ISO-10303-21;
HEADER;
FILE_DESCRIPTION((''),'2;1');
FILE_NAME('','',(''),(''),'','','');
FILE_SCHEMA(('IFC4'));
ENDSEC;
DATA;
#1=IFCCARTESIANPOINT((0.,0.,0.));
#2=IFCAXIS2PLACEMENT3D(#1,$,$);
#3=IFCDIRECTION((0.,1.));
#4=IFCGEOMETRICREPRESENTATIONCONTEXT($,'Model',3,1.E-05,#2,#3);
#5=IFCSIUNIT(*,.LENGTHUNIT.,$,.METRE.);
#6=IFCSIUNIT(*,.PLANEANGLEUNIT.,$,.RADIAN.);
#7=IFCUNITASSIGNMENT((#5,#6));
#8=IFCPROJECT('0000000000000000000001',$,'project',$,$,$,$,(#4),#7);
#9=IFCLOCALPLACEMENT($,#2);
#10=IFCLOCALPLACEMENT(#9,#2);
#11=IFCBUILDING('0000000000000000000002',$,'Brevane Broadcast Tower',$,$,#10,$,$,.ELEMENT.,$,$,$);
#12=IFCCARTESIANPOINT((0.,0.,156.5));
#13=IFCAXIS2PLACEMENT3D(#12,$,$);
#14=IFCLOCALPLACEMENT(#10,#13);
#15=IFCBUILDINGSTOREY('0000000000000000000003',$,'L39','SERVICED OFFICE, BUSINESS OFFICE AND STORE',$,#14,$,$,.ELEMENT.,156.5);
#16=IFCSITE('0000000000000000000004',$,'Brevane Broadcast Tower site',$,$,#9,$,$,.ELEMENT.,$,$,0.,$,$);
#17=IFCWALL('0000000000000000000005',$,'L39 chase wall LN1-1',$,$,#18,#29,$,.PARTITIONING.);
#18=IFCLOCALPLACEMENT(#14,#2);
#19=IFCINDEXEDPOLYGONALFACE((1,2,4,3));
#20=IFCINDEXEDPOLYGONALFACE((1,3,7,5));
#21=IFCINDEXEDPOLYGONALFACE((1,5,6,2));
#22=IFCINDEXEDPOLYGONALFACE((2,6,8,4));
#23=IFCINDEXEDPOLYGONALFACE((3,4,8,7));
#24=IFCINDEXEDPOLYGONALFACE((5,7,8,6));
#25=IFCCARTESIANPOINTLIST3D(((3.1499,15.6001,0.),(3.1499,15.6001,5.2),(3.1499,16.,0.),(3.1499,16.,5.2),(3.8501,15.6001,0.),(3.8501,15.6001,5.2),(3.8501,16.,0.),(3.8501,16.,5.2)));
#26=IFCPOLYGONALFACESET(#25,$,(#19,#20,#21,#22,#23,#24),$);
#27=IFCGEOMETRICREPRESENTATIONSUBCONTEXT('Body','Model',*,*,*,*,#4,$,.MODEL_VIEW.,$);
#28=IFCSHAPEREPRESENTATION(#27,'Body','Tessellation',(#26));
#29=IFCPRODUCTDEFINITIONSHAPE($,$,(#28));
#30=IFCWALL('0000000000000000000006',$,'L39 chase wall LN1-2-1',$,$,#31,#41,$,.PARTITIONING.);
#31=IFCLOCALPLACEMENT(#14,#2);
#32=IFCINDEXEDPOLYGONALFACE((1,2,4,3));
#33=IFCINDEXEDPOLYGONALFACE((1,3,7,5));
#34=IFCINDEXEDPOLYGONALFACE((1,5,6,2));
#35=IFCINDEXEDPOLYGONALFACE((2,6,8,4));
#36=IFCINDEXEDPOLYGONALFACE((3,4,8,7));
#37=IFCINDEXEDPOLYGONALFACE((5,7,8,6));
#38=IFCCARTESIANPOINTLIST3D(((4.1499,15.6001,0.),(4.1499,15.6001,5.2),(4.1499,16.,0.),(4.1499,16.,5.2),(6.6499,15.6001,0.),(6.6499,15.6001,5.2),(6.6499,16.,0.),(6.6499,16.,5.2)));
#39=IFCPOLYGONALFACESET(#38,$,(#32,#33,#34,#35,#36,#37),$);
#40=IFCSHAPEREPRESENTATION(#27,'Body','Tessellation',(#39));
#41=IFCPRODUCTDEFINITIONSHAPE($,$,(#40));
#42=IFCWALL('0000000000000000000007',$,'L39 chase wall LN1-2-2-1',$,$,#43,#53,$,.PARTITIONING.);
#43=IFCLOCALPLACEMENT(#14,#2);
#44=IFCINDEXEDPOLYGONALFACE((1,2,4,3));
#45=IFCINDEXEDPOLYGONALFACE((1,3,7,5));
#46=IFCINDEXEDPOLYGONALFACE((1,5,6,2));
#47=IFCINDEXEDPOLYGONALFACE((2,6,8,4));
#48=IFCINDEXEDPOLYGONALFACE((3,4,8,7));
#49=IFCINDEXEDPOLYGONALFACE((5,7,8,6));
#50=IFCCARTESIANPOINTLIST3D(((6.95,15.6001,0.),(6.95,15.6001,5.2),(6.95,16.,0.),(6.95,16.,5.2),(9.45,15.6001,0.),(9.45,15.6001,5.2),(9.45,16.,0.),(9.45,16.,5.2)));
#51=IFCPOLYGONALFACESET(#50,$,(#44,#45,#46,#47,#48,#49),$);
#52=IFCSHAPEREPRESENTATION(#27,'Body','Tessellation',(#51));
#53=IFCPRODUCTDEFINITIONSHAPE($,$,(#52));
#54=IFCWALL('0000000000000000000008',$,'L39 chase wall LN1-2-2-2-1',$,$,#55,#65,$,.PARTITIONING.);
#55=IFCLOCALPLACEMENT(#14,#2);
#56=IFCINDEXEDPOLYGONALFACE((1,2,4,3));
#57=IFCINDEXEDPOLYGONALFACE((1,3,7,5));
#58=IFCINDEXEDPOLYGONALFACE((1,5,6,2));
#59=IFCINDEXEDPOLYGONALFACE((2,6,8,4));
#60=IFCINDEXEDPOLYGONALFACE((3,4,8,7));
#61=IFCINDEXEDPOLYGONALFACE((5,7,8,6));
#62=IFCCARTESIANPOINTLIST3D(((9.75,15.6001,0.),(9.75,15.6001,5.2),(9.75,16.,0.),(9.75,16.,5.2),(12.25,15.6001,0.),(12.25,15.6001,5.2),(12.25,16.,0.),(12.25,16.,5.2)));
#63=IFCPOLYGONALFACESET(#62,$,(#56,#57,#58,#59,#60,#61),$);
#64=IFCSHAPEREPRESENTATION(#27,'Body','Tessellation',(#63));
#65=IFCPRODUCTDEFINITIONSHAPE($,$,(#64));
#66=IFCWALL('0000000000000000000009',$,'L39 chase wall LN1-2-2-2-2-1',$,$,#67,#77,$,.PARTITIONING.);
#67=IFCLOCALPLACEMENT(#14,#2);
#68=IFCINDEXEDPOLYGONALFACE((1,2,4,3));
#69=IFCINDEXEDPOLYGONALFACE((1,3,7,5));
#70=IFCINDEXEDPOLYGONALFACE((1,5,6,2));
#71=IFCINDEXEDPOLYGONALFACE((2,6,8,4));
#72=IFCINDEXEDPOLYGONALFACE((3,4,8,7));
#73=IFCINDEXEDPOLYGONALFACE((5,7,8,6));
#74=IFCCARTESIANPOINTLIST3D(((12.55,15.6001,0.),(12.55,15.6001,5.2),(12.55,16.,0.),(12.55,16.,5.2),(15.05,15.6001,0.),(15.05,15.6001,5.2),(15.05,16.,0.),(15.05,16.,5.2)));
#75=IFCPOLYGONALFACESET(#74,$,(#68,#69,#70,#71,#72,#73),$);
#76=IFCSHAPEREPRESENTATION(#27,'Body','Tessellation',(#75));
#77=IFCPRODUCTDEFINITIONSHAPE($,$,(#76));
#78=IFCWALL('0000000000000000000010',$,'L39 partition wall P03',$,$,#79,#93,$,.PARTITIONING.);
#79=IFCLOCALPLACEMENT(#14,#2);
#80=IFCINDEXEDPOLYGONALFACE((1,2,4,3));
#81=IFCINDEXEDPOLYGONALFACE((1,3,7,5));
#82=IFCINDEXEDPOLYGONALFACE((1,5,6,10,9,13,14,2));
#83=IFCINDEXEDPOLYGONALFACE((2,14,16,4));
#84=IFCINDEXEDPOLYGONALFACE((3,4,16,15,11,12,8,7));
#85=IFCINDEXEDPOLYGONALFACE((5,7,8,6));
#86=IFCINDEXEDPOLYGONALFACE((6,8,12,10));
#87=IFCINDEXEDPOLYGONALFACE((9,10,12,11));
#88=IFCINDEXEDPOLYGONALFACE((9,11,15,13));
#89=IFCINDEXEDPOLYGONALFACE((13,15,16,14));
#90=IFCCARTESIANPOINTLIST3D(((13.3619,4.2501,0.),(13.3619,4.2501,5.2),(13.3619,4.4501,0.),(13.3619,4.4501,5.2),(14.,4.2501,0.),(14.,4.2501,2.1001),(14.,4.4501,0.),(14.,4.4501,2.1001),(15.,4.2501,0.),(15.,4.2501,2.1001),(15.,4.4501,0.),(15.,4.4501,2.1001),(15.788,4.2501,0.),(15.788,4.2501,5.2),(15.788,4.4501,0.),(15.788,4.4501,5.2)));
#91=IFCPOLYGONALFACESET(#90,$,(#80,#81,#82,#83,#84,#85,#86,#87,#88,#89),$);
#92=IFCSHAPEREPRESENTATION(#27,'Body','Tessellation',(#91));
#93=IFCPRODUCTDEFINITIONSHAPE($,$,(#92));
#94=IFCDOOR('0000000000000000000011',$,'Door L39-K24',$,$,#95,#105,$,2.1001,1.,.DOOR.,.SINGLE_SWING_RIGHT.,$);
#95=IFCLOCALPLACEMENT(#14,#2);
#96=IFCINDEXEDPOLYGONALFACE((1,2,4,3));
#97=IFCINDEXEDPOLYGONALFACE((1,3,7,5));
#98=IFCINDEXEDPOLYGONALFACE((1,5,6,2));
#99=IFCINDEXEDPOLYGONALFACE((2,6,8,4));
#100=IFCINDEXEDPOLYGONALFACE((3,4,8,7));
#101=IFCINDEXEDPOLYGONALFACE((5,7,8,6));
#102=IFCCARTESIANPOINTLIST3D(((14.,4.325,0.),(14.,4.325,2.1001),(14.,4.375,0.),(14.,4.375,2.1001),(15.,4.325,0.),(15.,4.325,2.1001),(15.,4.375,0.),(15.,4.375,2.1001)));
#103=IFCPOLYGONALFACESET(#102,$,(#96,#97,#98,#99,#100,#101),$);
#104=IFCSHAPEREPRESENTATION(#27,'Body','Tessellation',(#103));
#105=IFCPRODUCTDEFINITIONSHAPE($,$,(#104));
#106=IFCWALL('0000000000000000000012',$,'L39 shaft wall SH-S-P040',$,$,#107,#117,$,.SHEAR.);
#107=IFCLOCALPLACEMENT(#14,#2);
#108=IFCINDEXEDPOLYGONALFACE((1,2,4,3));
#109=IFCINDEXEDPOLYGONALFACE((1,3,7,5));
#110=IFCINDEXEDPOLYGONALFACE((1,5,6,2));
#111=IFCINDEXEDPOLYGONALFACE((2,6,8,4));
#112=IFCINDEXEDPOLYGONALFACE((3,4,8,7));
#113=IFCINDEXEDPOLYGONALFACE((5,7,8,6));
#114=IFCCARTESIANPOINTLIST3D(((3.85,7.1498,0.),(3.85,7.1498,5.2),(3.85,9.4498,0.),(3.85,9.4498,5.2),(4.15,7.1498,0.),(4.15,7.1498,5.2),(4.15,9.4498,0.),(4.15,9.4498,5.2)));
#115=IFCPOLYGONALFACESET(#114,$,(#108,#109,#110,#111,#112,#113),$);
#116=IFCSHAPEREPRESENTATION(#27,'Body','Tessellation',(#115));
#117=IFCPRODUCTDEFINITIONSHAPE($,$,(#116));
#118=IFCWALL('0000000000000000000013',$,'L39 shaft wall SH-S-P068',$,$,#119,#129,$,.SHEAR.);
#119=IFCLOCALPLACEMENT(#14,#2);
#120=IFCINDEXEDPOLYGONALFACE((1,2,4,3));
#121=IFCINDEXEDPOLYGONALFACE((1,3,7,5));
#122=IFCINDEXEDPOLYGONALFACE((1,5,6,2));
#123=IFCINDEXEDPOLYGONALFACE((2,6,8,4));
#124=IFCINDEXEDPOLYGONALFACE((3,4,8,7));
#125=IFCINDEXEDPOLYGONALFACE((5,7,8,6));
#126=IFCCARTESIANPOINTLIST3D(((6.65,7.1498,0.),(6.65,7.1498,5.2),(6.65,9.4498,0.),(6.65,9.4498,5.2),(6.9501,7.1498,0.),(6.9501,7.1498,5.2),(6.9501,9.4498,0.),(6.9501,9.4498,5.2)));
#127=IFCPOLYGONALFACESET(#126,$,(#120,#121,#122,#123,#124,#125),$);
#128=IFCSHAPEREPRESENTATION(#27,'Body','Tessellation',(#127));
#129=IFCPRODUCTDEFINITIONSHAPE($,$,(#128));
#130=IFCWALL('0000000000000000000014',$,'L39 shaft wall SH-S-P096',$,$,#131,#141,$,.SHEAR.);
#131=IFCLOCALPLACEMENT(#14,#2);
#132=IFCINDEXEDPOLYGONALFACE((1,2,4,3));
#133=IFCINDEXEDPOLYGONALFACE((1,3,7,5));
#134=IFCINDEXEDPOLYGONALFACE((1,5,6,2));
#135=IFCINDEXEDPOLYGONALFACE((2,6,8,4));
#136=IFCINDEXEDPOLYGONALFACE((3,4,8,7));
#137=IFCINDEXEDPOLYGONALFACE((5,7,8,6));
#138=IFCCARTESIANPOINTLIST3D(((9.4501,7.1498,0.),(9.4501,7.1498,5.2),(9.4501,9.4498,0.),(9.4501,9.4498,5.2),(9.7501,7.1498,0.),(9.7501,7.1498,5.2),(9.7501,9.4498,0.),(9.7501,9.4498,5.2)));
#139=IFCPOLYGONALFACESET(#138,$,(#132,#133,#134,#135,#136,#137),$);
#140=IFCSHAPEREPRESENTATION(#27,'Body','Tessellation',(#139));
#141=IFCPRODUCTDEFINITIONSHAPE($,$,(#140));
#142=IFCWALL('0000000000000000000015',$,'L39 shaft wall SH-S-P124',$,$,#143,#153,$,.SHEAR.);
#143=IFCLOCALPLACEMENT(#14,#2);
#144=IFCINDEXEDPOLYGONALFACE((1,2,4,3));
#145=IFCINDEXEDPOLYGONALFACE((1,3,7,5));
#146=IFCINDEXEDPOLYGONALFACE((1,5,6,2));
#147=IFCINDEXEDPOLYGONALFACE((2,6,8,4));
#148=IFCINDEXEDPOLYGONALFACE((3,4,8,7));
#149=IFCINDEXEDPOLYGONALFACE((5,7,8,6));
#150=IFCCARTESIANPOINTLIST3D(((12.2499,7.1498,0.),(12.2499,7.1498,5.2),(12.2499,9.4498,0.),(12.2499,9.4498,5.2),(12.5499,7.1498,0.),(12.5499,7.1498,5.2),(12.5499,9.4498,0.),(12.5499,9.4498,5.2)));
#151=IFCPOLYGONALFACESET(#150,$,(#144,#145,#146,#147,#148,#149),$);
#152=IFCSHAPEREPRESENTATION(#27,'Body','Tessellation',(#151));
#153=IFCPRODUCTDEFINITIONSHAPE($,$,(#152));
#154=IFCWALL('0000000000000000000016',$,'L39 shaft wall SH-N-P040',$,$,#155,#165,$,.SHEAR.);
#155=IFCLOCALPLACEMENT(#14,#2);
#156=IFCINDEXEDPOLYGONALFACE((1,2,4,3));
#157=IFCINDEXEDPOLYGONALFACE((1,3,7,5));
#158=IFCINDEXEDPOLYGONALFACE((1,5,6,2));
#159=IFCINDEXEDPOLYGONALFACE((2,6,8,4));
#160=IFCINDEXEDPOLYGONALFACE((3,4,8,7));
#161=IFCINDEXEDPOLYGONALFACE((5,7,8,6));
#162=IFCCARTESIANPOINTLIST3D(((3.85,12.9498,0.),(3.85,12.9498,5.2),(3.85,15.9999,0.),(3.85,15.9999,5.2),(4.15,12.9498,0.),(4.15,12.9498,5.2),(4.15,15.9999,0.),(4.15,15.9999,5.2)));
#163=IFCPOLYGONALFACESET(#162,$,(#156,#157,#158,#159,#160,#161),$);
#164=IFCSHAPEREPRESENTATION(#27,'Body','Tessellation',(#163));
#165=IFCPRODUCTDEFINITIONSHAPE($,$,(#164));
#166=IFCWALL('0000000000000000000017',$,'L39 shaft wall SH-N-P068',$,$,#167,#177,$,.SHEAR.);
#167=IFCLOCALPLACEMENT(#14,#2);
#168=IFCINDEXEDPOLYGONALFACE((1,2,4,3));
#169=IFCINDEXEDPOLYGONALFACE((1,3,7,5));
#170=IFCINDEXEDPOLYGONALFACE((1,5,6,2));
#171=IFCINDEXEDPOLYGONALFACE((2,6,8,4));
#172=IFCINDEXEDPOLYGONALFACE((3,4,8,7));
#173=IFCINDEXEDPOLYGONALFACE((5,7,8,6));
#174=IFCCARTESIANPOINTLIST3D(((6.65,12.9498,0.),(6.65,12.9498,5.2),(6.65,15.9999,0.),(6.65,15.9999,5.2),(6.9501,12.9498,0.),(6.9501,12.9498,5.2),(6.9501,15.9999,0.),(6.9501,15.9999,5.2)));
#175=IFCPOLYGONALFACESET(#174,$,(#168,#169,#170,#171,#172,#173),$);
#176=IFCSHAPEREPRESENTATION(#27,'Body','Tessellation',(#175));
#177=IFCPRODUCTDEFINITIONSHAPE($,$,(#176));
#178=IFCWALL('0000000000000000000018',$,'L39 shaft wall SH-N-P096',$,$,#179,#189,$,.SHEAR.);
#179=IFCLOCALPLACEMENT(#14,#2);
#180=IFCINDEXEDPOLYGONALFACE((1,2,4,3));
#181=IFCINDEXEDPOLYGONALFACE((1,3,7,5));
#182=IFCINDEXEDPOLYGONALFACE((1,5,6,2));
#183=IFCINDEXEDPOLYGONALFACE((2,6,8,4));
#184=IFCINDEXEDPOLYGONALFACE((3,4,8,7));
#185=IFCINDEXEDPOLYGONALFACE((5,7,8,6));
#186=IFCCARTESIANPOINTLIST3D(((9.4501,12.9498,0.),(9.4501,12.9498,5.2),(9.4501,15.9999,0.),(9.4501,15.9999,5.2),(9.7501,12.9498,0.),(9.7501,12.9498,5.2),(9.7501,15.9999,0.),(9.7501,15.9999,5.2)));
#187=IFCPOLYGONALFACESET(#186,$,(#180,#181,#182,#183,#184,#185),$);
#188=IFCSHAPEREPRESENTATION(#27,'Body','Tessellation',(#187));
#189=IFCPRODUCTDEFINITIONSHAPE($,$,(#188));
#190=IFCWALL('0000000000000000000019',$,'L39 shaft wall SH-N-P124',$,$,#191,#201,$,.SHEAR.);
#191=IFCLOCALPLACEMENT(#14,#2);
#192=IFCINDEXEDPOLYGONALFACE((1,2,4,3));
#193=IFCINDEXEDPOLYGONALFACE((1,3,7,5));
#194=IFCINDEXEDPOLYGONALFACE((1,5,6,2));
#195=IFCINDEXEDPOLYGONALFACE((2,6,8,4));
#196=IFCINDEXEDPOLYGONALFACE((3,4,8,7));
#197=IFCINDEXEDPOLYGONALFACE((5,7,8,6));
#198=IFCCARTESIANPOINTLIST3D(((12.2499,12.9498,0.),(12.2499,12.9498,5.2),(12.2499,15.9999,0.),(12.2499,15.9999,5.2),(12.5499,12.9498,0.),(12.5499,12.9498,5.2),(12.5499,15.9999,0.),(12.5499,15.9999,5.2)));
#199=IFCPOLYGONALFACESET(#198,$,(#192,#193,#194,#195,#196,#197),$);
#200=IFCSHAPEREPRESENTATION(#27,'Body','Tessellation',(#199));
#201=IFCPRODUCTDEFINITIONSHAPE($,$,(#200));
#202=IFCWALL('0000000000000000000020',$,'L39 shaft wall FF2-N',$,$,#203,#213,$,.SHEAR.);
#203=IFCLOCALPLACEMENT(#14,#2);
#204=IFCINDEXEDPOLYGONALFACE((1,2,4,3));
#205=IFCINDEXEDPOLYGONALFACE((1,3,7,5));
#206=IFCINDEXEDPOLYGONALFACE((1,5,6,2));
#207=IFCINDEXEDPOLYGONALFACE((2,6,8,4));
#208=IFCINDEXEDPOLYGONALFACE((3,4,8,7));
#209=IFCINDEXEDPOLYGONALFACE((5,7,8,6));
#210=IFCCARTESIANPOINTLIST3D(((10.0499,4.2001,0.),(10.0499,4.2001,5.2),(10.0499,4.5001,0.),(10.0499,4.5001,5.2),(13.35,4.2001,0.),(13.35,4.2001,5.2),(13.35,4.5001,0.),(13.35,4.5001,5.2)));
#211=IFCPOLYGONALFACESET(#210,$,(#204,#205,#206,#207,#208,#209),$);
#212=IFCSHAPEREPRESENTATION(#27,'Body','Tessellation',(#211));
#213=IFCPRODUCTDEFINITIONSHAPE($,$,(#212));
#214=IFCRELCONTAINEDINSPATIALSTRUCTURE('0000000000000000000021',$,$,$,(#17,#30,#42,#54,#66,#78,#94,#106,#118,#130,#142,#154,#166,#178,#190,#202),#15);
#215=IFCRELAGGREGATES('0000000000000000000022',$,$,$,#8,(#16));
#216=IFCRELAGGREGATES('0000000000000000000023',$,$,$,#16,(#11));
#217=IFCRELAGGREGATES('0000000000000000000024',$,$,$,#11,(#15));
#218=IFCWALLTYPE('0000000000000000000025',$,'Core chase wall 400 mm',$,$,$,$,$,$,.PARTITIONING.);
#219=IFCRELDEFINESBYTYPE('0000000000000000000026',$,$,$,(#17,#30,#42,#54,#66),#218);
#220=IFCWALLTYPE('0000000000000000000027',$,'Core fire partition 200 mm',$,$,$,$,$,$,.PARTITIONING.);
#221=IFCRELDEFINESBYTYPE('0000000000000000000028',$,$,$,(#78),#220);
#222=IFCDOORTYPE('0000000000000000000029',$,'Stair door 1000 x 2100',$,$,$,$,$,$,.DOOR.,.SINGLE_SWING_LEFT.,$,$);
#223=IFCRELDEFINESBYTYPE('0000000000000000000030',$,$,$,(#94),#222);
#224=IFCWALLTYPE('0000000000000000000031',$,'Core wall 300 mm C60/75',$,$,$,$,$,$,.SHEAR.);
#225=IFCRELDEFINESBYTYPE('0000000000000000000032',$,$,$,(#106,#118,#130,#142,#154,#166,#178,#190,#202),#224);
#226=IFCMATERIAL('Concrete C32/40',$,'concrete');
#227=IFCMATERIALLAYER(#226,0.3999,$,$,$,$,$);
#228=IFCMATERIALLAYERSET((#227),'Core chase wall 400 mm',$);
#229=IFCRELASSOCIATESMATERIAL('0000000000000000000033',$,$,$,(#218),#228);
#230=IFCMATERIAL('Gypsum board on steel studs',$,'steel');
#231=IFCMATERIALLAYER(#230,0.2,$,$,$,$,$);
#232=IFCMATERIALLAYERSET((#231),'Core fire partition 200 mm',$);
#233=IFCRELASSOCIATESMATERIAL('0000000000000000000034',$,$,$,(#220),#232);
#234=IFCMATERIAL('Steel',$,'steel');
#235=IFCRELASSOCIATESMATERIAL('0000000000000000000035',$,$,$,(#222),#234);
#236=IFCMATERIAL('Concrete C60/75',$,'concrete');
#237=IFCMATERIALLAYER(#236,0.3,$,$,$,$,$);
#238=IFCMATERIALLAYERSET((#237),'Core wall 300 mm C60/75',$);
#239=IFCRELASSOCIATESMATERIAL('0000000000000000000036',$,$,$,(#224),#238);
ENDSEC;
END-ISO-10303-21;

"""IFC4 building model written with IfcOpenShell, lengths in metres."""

from ifc_helpers import new_model, si_unit, direction, frame, frame_2d, origin, place, context, subcontext, project, spatial, rectangle, extrude, material, layer, layer_set, type_object, element, fill, save


model = new_model("IFC4")

# Units and contexts
model_context = context("Model", 3, precision=1e-05, world=origin(), true_north=direction((0.0, 1.0)))
body_context = subcontext(model_context, "Body", "Model", "MODEL_VIEW")
ifc_project = project(units=[si_unit("LENGTHUNIT", "METRE"), si_unit("PLANEANGLEUNIT", "RADIAN")], contexts=[model_context])

# Site, building, storey
site_placement = place(None, origin())
site = spatial("IfcSite", under=ifc_project, at=site_placement, Name="Brevane Broadcast Tower site", CompositionType="ELEMENT", RefElevation=0.0)
building_placement = place(site_placement, origin())
building = spatial("IfcBuilding", under=site, at=building_placement, Name="Brevane Broadcast Tower", CompositionType="ELEMENT")
storey_placement = place(building_placement, frame((0.0, 0.0, 156.5)))
storey = spatial("IfcBuildingStorey", under=building, at=storey_placement, Name="L39", Description="SERVICED OFFICE, BUSINESS OFFICE AND STORE", CompositionType="ELEMENT", Elevation=156.5)

# Walls
ifc_material_1 = material(Name="Concrete C32/40", Category="concrete")
ifc_layer_1 = layer(ifc_material_1, 0.3999)
ifc_layer_set_1 = layer_set([ifc_layer_1], Name="Core chase wall 400 mm")
wall_type_1 = type_object("IfcWallType", Name="Core chase wall 400 mm", PredefinedType="PARTITIONING", material=ifc_layer_set_1)
wall_1_placement = place(storey_placement, frame((3.1499, 15.8, 0.0), z_axis=(0.0, 0.0, 1.0), x_axis=(1.0, 0.0, 0.0)))
element("IfcWall", 1, at=wall_1_placement, inside=storey, type_object=wall_type_1, Name="L39 chase wall LN1-1", PredefinedType="PARTITIONING", context=body_context, shape_type="SweptSolid", body=[
    extrude(rectangle(XDim=0.7002, YDim=0.3999, at=frame_2d((0.3501, 0.0))), origin(), (0.0, 0.0, 1.0), 5.2),
])
for number, where, z_axis, x_axis, name in (
    (2, (4.1499, 15.8, 0.0), (0.0, 0.0, 1.0), (1.0, 0.0, 0.0), "L39 chase wall LN1-2-1"),
    (3, (6.95, 15.8, 0.0), (0.0, 0.0, 1.0), (1.0, 0.0, 0.0), "L39 chase wall LN1-2-2-1"),
    (4, (9.75, 15.8, 0.0), (0.0, 0.0, 1.0), (1.0, 0.0, 0.0), "L39 chase wall LN1-2-2-2-1"),
    (5, (12.55, 15.8, 0.0), (0.0, 0.0, 1.0), (1.0, 0.0, 0.0), "L39 chase wall LN1-2-2-2-2-1"),
):
    element("IfcWall", number, at=place(storey_placement, frame(where, z_axis=z_axis, x_axis=x_axis)), inside=storey, type_object=wall_type_1, Name=name, PredefinedType="PARTITIONING", context=body_context, shape_type="SweptSolid", body=[
        extrude(rectangle(XDim=2.5, YDim=0.3999, at=frame_2d((1.25, 0.0))), origin(), (0.0, 0.0, 1.0), 5.2),
    ])

# Wall, opening, door
ifc_material_2 = material(Name="Gypsum board on steel studs", Category="steel")
ifc_layer_2 = layer(ifc_material_2, 0.2)
ifc_layer_set_2 = layer_set([ifc_layer_2], Name="Core fire partition 200 mm")
wall_type_2 = type_object("IfcWallType", Name="Core fire partition 200 mm", PredefinedType="PARTITIONING", material=ifc_layer_set_2)
wall_2_placement = place(storey_placement, frame((13.3621, 4.3501, 0.0), z_axis=(0.0, 0.0, 1.0), x_axis=(1.0, 0.0, 0.0)))
wall_2 = element("IfcWall", 6, at=wall_2_placement, inside=storey, type_object=wall_type_2, Name="L39 partition wall P03", PredefinedType="PARTITIONING", context=body_context, shape_type="SweptSolid", body=[
    extrude(rectangle(XDim=2.426, YDim=0.2, at=frame_2d((1.2129, 0.0))), origin(), (0.0, 0.0, 1.0), 5.2),
])
opening_placement = place(wall_2_placement, frame((0.6379, 0.0, 0.0)))
opening = element("IfcOpeningElement", 7, at=opening_placement, cuts=wall_2, PredefinedType="OPENING", context=body_context, shape_type="SweptSolid", body=[
    extrude(rectangle(XDim=1.0, YDim=2.1001, at=frame_2d((0.5, 1.05))), frame((0.0, 0.1099, 0.0), z_axis=(0.0, -1.0, 0.0), x_axis=(1.0, 0.0, 0.0)), (0.0, 0.0, 1.0), 0.22),
])
ifc_material_3 = material(Name="Steel", Category="steel")
door_type = type_object("IfcDoorType", Name="Stair door 1000 x 2100", OperationType="SINGLE_SWING_LEFT", PredefinedType="DOOR", material=ifc_material_3)
door_placement = place(opening_placement, origin())
door = element("IfcDoor", 8, at=door_placement, inside=storey, type_object=door_type, Name="Door L39-K24", OperationType="SINGLE_SWING_RIGHT", OverallHeight=2.1001, OverallWidth=1.0, PredefinedType="DOOR", context=body_context, shape_type="SweptSolid", body=[
    extrude(rectangle(XDim=1.0, YDim=2.1001, at=frame_2d((0.5, 1.05))), frame((0.0, 0.0249, 0.0), z_axis=(0.0, -1.0, 0.0), x_axis=(1.0, 0.0, 0.0)), (0.0, 0.0, 1.0), 0.05),
])
fill(opening, door)

# Walls
ifc_material_4 = material(Name="Concrete C60/75", Category="concrete")
ifc_layer_3 = layer(ifc_material_4, 0.3)
ifc_layer_set_3 = layer_set([ifc_layer_3], Name="Core wall 300 mm C60/75")
wall_type_3 = type_object("IfcWallType", Name="Core wall 300 mm C60/75", PredefinedType="SHEAR", material=ifc_layer_set_3)
for number, where, z_axis, x_axis, name in (
    (9, (4.0, 7.1499, 0.0), (0.0, 0.0, 1.0), (0.0, 1.0, 0.0), "L39 shaft wall SH-S-P040"),
    (10, (6.8, 7.1499, 0.0), (0.0, 0.0, 1.0), (0.0, 1.0, 0.0), "L39 shaft wall SH-S-P068"),
    (11, (9.6001, 7.1499, 0.0), (0.0, 0.0, 1.0), (0.0, 1.0, 0.0), "L39 shaft wall SH-S-P096"),
    (12, (12.3999, 7.1499, 0.0), (0.0, 0.0, 1.0), (0.0, 1.0, 0.0), "L39 shaft wall SH-S-P124"),
):
    element("IfcWall", number, at=place(storey_placement, frame(where, z_axis=z_axis, x_axis=x_axis)), inside=storey, type_object=wall_type_3, Name=name, PredefinedType="SHEAR", context=body_context, shape_type="SweptSolid", body=[
        extrude(rectangle(XDim=2.3, YDim=0.3, at=frame_2d((1.1499, 0.0))), origin(), (0.0, 0.0, 1.0), 5.2),
    ])
for number, where, z_axis, x_axis, name in (
    (13, (4.0, 12.95, 0.0), (0.0, 0.0, 1.0), (0.0, 1.0, 0.0), "L39 shaft wall SH-N-P040"),
    (14, (6.8, 12.95, 0.0), (0.0, 0.0, 1.0), (0.0, 1.0, 0.0), "L39 shaft wall SH-N-P068"),
    (15, (9.6001, 12.95, 0.0), (0.0, 0.0, 1.0), (0.0, 1.0, 0.0), "L39 shaft wall SH-N-P096"),
    (16, (12.3999, 12.95, 0.0), (0.0, 0.0, 1.0), (0.0, 1.0, 0.0), "L39 shaft wall SH-N-P124"),
):
    element("IfcWall", number, at=place(storey_placement, frame(where, z_axis=z_axis, x_axis=x_axis)), inside=storey, type_object=wall_type_3, Name=name, PredefinedType="SHEAR", context=body_context, shape_type="SweptSolid", body=[
        extrude(rectangle(XDim=3.05, YDim=0.3, at=frame_2d((1.5249, 0.0))), origin(), (0.0, 0.0, 1.0), 5.2),
    ])
wall_3_placement = place(storey_placement, frame((10.05, 4.3501, 0.0), z_axis=(0.0, 0.0, 1.0), x_axis=(1.0, 0.0, 0.0)))
element("IfcWall", 17, at=wall_3_placement, inside=storey, type_object=wall_type_3, Name="L39 shaft wall FF2-N", PredefinedType="SHEAR", context=body_context, shape_type="SweptSolid", body=[
    extrude(rectangle(XDim=3.3, YDim=0.3, at=frame_2d((1.6499, 0.0))), origin(), (0.0, 0.0, 1.0), 5.2),
])

save(model, "model.ifc")
